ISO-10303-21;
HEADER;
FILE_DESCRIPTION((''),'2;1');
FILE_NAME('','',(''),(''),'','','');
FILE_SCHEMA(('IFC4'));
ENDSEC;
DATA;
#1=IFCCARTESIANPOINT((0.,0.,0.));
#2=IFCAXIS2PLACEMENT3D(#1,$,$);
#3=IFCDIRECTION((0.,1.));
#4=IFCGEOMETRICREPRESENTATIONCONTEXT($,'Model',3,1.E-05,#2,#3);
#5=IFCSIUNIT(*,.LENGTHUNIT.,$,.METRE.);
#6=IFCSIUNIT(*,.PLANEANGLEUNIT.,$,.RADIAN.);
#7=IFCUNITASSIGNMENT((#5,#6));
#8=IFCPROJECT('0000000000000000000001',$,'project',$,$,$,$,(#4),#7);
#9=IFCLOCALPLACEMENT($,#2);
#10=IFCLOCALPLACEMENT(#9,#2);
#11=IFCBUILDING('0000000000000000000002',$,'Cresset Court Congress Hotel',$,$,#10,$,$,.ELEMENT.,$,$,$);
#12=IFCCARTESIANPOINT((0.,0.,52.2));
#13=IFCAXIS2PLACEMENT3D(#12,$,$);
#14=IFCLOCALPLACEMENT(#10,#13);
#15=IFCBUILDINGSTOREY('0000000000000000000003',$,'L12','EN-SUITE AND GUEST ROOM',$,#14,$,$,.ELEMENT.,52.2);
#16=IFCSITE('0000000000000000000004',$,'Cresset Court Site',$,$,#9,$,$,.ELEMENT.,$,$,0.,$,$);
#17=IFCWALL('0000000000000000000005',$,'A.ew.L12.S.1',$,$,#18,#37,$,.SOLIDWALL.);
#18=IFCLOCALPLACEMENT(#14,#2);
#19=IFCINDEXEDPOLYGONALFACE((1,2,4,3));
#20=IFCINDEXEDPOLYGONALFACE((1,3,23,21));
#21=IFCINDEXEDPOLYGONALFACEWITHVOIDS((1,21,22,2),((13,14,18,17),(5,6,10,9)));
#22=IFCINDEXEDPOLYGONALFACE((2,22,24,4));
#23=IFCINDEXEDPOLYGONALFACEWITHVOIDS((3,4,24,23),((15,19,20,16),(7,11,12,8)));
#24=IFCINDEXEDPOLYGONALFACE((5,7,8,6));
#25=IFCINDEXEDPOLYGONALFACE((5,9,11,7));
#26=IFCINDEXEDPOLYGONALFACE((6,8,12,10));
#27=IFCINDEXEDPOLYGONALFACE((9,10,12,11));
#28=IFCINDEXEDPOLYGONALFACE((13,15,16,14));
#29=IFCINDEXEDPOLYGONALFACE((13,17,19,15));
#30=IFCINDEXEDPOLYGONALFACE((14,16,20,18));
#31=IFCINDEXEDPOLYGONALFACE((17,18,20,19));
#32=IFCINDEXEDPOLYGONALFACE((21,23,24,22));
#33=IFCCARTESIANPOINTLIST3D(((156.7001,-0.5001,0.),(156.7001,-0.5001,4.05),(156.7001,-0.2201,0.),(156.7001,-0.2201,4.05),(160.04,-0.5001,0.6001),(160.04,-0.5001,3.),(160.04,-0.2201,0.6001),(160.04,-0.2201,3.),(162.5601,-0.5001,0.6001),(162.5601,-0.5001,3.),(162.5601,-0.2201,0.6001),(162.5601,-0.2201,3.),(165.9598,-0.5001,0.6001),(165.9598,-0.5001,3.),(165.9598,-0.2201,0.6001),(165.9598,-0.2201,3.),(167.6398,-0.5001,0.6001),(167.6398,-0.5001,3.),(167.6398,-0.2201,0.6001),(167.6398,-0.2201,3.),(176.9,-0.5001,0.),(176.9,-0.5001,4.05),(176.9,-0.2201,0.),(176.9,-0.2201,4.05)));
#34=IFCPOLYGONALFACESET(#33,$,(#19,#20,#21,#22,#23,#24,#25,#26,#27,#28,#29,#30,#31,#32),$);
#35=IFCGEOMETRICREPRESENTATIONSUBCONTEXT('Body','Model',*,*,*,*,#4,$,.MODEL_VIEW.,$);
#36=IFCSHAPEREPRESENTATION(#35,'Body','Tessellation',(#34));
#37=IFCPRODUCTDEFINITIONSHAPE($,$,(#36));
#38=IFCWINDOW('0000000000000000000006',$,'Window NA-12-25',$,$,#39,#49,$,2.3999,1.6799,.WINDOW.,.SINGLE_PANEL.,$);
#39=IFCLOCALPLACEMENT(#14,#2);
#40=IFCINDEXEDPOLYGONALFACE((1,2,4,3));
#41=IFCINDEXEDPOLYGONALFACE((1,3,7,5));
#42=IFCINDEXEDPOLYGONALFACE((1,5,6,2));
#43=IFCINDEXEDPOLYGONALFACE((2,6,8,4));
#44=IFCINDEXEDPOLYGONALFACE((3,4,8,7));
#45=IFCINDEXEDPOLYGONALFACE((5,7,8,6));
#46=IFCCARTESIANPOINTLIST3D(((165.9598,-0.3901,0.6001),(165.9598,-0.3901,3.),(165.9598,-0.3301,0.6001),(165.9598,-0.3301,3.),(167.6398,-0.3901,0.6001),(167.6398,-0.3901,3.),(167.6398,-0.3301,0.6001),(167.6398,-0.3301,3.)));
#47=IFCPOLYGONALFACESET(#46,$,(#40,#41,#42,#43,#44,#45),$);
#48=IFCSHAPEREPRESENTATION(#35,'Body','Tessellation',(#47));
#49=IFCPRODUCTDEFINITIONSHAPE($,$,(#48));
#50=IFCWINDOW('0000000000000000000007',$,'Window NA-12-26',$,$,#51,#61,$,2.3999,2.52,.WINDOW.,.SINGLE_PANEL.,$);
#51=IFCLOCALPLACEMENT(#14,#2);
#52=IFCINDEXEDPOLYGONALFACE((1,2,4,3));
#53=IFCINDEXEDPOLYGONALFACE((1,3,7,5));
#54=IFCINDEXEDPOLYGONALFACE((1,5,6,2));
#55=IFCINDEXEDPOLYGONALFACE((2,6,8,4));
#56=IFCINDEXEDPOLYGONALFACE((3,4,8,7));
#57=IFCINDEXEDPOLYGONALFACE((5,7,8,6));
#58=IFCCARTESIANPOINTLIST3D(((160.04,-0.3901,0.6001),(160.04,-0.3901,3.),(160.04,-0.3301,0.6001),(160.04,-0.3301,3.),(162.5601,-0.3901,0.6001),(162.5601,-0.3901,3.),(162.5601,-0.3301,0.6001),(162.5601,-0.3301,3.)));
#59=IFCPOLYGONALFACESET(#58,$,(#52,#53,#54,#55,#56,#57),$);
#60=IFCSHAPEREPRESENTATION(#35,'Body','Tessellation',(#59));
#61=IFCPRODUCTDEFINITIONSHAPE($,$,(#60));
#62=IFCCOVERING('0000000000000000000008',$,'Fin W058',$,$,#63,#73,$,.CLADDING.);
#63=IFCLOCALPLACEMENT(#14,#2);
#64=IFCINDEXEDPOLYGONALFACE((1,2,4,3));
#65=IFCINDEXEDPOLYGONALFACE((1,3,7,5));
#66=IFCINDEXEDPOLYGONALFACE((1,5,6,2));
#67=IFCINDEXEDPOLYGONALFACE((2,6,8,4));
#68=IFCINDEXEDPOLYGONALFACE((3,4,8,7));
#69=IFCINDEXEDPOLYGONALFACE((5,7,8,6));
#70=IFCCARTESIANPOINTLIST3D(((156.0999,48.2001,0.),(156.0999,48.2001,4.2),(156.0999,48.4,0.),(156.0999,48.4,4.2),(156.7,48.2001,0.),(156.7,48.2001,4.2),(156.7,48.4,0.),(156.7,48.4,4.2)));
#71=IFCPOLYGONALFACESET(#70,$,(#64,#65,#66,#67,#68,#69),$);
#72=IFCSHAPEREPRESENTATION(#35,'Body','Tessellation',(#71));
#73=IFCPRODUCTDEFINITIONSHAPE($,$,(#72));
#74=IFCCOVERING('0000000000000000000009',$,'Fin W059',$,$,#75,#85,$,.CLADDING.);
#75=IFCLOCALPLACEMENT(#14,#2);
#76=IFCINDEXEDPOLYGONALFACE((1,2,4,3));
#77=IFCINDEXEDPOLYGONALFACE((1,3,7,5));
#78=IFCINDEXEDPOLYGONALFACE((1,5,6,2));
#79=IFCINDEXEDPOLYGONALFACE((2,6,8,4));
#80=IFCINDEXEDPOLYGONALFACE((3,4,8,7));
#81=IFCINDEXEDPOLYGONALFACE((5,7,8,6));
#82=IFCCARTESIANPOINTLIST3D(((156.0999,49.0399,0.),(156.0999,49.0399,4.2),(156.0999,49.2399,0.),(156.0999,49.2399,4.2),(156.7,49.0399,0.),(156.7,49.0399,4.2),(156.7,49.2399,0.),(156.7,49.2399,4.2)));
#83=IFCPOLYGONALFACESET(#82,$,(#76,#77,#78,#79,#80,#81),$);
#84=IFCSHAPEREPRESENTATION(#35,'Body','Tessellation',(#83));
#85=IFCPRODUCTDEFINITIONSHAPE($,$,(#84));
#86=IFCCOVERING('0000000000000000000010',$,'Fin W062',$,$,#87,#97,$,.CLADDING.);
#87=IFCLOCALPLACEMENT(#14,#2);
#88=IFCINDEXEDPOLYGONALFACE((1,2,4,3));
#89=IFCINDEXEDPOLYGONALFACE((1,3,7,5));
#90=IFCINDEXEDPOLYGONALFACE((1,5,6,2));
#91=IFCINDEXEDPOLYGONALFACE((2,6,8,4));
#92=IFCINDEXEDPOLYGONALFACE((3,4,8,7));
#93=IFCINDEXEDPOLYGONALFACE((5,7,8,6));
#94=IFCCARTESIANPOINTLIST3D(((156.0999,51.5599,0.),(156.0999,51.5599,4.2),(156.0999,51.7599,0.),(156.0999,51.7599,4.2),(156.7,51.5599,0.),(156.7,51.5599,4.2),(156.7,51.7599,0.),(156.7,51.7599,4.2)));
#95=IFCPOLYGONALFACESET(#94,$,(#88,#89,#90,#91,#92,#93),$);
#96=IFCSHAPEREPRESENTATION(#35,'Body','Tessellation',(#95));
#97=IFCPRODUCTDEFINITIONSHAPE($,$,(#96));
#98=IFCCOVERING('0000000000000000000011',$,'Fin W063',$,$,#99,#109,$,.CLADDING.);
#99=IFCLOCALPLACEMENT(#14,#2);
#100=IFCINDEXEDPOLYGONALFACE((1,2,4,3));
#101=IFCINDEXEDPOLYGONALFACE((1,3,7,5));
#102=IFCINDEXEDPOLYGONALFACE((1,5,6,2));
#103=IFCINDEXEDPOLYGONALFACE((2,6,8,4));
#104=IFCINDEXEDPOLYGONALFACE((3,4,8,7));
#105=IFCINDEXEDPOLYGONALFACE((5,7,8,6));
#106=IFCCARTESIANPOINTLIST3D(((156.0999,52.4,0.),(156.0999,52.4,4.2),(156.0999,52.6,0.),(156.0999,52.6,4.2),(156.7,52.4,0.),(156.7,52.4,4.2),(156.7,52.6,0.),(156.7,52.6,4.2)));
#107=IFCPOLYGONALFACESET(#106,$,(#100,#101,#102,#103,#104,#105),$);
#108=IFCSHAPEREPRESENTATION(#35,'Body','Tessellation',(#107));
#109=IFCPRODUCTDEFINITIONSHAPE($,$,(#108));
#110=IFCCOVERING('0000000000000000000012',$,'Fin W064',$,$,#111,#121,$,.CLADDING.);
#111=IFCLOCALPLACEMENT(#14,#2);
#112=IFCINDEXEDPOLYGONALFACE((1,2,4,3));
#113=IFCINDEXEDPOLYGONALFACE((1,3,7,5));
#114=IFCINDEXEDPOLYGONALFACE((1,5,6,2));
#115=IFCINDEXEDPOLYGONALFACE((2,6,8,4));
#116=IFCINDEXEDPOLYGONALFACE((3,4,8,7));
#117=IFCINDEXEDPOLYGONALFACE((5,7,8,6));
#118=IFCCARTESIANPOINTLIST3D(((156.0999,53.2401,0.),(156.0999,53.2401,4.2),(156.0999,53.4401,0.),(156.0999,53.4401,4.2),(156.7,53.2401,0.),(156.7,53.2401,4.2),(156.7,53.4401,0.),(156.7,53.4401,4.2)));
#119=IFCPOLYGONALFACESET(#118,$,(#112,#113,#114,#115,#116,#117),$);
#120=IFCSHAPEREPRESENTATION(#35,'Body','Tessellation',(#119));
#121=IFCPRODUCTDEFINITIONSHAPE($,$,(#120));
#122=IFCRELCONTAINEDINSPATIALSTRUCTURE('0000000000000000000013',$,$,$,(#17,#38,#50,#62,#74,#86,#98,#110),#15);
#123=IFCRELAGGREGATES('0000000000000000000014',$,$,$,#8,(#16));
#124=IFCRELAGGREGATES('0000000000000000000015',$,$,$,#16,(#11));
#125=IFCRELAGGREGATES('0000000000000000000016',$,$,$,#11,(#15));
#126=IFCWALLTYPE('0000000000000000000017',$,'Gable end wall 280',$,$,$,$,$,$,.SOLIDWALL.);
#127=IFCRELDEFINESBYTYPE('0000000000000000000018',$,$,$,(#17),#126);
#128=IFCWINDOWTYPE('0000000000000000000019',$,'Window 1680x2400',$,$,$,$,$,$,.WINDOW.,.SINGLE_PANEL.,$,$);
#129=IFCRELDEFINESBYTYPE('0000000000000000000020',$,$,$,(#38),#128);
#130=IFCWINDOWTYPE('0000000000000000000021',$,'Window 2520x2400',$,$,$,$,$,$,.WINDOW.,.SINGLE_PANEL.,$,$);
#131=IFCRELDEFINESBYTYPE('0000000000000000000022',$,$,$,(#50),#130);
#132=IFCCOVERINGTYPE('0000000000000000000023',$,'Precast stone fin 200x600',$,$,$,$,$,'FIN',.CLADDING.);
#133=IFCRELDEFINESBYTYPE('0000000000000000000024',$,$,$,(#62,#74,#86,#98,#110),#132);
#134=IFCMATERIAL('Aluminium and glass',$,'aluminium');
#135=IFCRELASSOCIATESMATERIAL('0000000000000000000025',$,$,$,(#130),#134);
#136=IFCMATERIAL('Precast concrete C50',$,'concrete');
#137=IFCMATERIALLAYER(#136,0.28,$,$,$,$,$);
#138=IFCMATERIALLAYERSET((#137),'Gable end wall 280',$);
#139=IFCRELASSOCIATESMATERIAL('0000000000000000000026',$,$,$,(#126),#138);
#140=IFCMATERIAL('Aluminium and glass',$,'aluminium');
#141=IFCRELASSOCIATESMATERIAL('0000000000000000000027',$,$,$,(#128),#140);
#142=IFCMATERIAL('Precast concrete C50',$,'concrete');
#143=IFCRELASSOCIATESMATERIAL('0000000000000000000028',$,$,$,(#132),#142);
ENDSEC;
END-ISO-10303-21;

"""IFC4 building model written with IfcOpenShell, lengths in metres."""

from ifc_helpers import new_model, si_unit, direction, frame, frame_2d, origin, origin_2d, place, context, subcontext, project, spatial, rectangle, extrude, material, layer, layer_set, type_object, element, fill, save


model = new_model("IFC4")

# Units and contexts
model_context = context("Model", 3, precision=1e-05, world=origin(), true_north=direction((0.0, 1.0)))
body_context = subcontext(model_context, "Body", "Model", "MODEL_VIEW")
ifc_project = project(units=[si_unit("LENGTHUNIT", "METRE"), si_unit("PLANEANGLEUNIT", "RADIAN")], contexts=[model_context])

# Site, building, storey
site_placement = place(None, origin())
site = spatial("IfcSite", under=ifc_project, at=site_placement, Name="Cresset Court Site", CompositionType="ELEMENT", RefElevation=0.0)
building_placement = place(site_placement, origin())
building = spatial("IfcBuilding", under=site, at=building_placement, Name="Cresset Court Congress Hotel", CompositionType="ELEMENT")
storey_placement = place(building_placement, frame((0.0, 0.0, 52.2)))
storey = spatial("IfcBuildingStorey", under=building, at=storey_placement, Name="L12", Description="EN-SUITE AND GUEST ROOM", CompositionType="ELEMENT", Elevation=52.2)

# Shared definitions
ifc_material_1 = material(Name="Aluminium and glass", Category="aluminium")
window_type_1 = type_object("IfcWindowType", Name="Window 2520x2400", PartitioningType="SINGLE_PANEL", PredefinedType="WINDOW", material=ifc_material_1)

# Wall, openings, windows
ifc_material_2 = material(Name="Precast concrete C50", Category="concrete")
ifc_layer_1 = layer(ifc_material_2, 0.28)
ifc_layer_set_1 = layer_set([ifc_layer_1], Name="Gable end wall 280")
wall_type_1 = type_object("IfcWallType", Name="Gable end wall 280", PredefinedType="SOLIDWALL", material=ifc_layer_set_1)
wall_1_placement = place(storey_placement, frame((156.7, -0.3601, 0.0), z_axis=(0.0, 0.0, 1.0), x_axis=(1.0, 0.0, 0.0)))
wall_1 = element("IfcWall", 1, at=wall_1_placement, inside=storey, type_object=wall_type_1, Name="A.ew.L12.S.1", PredefinedType="SOLIDWALL", context=body_context, shape_type="SweptSolid", body=[
    extrude(rectangle(XDim=20.2, YDim=0.28, at=frame_2d((10.1001, 0.0))), origin(), (0.0, 0.0, 1.0), 4.05),
])
opening_1_placement = place(wall_1_placement, frame((9.26, 0.0, 0.6001)))
opening_1 = element("IfcOpeningElement", 2, at=opening_1_placement, cuts=wall_1, PredefinedType="OPENING", context=body_context, shape_type="SweptSolid", body=[
    extrude(rectangle(XDim=1.6799, YDim=2.3999, at=frame_2d((0.8398, 1.2))), frame((0.0, 0.1499, 0.0), z_axis=(0.0, -1.0, 0.0), x_axis=(1.0, 0.0, 0.0)), (0.0, 0.0, 1.0), 0.3),
])
opening_2_placement = place(wall_1_placement, frame((3.3401, 0.0, 0.6001)))
opening_2 = element("IfcOpeningElement", 3, at=opening_2_placement, cuts=wall_1, PredefinedType="OPENING", context=body_context, shape_type="SweptSolid", body=[
    extrude(rectangle(XDim=2.52, YDim=2.3999, at=frame_2d((1.26, 1.2))), frame((0.0, 0.1499, 0.0), z_axis=(0.0, -1.0, 0.0), x_axis=(1.0, 0.0, 0.0)), (0.0, 0.0, 1.0), 0.3),
])
ifc_material_3 = material(Name="Aluminium and glass", Category="aluminium")
window_type_2 = type_object("IfcWindowType", Name="Window 1680x2400", PartitioningType="SINGLE_PANEL", PredefinedType="WINDOW", material=ifc_material_3)
window_1_placement = place(opening_1_placement, origin())
window_1 = element("IfcWindow", 4, at=window_1_placement, inside=storey, type_object=window_type_2, Name="Window NA-12-25", OverallHeight=2.3999, OverallWidth=1.6799, PartitioningType="SINGLE_PANEL", PredefinedType="WINDOW", context=body_context, shape_type="SweptSolid", body=[
    extrude(rectangle(XDim=1.6799, YDim=2.3999, at=frame_2d((0.8398, 1.2))), frame((0.0, 0.03, 0.0), z_axis=(0.0, -1.0, 0.0), x_axis=(1.0, 0.0, 0.0)), (0.0, 0.0, 1.0), 0.0601),
])
fill(opening_1, window_1)
window_2_placement = place(opening_2_placement, origin())
window_2 = element("IfcWindow", 5, at=window_2_placement, inside=storey, type_object=window_type_1, Name="Window NA-12-26", OverallHeight=2.3999, OverallWidth=2.52, PartitioningType="SINGLE_PANEL", PredefinedType="WINDOW", context=body_context, shape_type="SweptSolid", body=[
    extrude(rectangle(XDim=2.52, YDim=2.3999, at=frame_2d((1.26, 1.2))), frame((0.0, 0.03, 0.0), z_axis=(0.0, -1.0, 0.0), x_axis=(1.0, 0.0, 0.0)), (0.0, 0.0, 1.0), 0.0601),
])
fill(opening_2, window_2)

# Coverings
ifc_material_4 = material(Name="Precast concrete C50", Category="concrete")
covering_type = type_object("IfcCoveringType", Name="Precast stone fin 200x600", ElementType="FIN", PredefinedType="CLADDING", material=ifc_material_4)
for number, where, z_axis, x_axis, name in (
    (6, (156.3999, 48.3, 0.0), (0.0, 0.0, 1.0), (1.0, 0.0, 0.0), "Fin W058"),
    (7, (156.3999, 49.1399, 0.0), (0.0, 0.0, 1.0), (1.0, 0.0, 0.0), "Fin W059"),
    (8, (156.3999, 51.6599, 0.0), (0.0, 0.0, 1.0), (1.0, 0.0, 0.0), "Fin W062"),
    (9, (156.3999, 52.5, 0.0), (0.0, 0.0, 1.0), (1.0, 0.0, 0.0), "Fin W063"),
    (10, (156.3999, 53.3401, 0.0), (0.0, 0.0, 1.0), (1.0, 0.0, 0.0), "Fin W064"),
):
    element("IfcCovering", number, at=place(storey_placement, frame(where, z_axis=z_axis, x_axis=x_axis)), inside=storey, type_object=covering_type, Name=name, PredefinedType="CLADDING", context=body_context, shape_type="SweptSolid", body=[
        extrude(rectangle(XDim=0.6001, YDim=0.2, at=origin_2d()), origin(), (0.0, 0.0, 1.0), 4.2),
    ])

save(model, "model.ifc")
